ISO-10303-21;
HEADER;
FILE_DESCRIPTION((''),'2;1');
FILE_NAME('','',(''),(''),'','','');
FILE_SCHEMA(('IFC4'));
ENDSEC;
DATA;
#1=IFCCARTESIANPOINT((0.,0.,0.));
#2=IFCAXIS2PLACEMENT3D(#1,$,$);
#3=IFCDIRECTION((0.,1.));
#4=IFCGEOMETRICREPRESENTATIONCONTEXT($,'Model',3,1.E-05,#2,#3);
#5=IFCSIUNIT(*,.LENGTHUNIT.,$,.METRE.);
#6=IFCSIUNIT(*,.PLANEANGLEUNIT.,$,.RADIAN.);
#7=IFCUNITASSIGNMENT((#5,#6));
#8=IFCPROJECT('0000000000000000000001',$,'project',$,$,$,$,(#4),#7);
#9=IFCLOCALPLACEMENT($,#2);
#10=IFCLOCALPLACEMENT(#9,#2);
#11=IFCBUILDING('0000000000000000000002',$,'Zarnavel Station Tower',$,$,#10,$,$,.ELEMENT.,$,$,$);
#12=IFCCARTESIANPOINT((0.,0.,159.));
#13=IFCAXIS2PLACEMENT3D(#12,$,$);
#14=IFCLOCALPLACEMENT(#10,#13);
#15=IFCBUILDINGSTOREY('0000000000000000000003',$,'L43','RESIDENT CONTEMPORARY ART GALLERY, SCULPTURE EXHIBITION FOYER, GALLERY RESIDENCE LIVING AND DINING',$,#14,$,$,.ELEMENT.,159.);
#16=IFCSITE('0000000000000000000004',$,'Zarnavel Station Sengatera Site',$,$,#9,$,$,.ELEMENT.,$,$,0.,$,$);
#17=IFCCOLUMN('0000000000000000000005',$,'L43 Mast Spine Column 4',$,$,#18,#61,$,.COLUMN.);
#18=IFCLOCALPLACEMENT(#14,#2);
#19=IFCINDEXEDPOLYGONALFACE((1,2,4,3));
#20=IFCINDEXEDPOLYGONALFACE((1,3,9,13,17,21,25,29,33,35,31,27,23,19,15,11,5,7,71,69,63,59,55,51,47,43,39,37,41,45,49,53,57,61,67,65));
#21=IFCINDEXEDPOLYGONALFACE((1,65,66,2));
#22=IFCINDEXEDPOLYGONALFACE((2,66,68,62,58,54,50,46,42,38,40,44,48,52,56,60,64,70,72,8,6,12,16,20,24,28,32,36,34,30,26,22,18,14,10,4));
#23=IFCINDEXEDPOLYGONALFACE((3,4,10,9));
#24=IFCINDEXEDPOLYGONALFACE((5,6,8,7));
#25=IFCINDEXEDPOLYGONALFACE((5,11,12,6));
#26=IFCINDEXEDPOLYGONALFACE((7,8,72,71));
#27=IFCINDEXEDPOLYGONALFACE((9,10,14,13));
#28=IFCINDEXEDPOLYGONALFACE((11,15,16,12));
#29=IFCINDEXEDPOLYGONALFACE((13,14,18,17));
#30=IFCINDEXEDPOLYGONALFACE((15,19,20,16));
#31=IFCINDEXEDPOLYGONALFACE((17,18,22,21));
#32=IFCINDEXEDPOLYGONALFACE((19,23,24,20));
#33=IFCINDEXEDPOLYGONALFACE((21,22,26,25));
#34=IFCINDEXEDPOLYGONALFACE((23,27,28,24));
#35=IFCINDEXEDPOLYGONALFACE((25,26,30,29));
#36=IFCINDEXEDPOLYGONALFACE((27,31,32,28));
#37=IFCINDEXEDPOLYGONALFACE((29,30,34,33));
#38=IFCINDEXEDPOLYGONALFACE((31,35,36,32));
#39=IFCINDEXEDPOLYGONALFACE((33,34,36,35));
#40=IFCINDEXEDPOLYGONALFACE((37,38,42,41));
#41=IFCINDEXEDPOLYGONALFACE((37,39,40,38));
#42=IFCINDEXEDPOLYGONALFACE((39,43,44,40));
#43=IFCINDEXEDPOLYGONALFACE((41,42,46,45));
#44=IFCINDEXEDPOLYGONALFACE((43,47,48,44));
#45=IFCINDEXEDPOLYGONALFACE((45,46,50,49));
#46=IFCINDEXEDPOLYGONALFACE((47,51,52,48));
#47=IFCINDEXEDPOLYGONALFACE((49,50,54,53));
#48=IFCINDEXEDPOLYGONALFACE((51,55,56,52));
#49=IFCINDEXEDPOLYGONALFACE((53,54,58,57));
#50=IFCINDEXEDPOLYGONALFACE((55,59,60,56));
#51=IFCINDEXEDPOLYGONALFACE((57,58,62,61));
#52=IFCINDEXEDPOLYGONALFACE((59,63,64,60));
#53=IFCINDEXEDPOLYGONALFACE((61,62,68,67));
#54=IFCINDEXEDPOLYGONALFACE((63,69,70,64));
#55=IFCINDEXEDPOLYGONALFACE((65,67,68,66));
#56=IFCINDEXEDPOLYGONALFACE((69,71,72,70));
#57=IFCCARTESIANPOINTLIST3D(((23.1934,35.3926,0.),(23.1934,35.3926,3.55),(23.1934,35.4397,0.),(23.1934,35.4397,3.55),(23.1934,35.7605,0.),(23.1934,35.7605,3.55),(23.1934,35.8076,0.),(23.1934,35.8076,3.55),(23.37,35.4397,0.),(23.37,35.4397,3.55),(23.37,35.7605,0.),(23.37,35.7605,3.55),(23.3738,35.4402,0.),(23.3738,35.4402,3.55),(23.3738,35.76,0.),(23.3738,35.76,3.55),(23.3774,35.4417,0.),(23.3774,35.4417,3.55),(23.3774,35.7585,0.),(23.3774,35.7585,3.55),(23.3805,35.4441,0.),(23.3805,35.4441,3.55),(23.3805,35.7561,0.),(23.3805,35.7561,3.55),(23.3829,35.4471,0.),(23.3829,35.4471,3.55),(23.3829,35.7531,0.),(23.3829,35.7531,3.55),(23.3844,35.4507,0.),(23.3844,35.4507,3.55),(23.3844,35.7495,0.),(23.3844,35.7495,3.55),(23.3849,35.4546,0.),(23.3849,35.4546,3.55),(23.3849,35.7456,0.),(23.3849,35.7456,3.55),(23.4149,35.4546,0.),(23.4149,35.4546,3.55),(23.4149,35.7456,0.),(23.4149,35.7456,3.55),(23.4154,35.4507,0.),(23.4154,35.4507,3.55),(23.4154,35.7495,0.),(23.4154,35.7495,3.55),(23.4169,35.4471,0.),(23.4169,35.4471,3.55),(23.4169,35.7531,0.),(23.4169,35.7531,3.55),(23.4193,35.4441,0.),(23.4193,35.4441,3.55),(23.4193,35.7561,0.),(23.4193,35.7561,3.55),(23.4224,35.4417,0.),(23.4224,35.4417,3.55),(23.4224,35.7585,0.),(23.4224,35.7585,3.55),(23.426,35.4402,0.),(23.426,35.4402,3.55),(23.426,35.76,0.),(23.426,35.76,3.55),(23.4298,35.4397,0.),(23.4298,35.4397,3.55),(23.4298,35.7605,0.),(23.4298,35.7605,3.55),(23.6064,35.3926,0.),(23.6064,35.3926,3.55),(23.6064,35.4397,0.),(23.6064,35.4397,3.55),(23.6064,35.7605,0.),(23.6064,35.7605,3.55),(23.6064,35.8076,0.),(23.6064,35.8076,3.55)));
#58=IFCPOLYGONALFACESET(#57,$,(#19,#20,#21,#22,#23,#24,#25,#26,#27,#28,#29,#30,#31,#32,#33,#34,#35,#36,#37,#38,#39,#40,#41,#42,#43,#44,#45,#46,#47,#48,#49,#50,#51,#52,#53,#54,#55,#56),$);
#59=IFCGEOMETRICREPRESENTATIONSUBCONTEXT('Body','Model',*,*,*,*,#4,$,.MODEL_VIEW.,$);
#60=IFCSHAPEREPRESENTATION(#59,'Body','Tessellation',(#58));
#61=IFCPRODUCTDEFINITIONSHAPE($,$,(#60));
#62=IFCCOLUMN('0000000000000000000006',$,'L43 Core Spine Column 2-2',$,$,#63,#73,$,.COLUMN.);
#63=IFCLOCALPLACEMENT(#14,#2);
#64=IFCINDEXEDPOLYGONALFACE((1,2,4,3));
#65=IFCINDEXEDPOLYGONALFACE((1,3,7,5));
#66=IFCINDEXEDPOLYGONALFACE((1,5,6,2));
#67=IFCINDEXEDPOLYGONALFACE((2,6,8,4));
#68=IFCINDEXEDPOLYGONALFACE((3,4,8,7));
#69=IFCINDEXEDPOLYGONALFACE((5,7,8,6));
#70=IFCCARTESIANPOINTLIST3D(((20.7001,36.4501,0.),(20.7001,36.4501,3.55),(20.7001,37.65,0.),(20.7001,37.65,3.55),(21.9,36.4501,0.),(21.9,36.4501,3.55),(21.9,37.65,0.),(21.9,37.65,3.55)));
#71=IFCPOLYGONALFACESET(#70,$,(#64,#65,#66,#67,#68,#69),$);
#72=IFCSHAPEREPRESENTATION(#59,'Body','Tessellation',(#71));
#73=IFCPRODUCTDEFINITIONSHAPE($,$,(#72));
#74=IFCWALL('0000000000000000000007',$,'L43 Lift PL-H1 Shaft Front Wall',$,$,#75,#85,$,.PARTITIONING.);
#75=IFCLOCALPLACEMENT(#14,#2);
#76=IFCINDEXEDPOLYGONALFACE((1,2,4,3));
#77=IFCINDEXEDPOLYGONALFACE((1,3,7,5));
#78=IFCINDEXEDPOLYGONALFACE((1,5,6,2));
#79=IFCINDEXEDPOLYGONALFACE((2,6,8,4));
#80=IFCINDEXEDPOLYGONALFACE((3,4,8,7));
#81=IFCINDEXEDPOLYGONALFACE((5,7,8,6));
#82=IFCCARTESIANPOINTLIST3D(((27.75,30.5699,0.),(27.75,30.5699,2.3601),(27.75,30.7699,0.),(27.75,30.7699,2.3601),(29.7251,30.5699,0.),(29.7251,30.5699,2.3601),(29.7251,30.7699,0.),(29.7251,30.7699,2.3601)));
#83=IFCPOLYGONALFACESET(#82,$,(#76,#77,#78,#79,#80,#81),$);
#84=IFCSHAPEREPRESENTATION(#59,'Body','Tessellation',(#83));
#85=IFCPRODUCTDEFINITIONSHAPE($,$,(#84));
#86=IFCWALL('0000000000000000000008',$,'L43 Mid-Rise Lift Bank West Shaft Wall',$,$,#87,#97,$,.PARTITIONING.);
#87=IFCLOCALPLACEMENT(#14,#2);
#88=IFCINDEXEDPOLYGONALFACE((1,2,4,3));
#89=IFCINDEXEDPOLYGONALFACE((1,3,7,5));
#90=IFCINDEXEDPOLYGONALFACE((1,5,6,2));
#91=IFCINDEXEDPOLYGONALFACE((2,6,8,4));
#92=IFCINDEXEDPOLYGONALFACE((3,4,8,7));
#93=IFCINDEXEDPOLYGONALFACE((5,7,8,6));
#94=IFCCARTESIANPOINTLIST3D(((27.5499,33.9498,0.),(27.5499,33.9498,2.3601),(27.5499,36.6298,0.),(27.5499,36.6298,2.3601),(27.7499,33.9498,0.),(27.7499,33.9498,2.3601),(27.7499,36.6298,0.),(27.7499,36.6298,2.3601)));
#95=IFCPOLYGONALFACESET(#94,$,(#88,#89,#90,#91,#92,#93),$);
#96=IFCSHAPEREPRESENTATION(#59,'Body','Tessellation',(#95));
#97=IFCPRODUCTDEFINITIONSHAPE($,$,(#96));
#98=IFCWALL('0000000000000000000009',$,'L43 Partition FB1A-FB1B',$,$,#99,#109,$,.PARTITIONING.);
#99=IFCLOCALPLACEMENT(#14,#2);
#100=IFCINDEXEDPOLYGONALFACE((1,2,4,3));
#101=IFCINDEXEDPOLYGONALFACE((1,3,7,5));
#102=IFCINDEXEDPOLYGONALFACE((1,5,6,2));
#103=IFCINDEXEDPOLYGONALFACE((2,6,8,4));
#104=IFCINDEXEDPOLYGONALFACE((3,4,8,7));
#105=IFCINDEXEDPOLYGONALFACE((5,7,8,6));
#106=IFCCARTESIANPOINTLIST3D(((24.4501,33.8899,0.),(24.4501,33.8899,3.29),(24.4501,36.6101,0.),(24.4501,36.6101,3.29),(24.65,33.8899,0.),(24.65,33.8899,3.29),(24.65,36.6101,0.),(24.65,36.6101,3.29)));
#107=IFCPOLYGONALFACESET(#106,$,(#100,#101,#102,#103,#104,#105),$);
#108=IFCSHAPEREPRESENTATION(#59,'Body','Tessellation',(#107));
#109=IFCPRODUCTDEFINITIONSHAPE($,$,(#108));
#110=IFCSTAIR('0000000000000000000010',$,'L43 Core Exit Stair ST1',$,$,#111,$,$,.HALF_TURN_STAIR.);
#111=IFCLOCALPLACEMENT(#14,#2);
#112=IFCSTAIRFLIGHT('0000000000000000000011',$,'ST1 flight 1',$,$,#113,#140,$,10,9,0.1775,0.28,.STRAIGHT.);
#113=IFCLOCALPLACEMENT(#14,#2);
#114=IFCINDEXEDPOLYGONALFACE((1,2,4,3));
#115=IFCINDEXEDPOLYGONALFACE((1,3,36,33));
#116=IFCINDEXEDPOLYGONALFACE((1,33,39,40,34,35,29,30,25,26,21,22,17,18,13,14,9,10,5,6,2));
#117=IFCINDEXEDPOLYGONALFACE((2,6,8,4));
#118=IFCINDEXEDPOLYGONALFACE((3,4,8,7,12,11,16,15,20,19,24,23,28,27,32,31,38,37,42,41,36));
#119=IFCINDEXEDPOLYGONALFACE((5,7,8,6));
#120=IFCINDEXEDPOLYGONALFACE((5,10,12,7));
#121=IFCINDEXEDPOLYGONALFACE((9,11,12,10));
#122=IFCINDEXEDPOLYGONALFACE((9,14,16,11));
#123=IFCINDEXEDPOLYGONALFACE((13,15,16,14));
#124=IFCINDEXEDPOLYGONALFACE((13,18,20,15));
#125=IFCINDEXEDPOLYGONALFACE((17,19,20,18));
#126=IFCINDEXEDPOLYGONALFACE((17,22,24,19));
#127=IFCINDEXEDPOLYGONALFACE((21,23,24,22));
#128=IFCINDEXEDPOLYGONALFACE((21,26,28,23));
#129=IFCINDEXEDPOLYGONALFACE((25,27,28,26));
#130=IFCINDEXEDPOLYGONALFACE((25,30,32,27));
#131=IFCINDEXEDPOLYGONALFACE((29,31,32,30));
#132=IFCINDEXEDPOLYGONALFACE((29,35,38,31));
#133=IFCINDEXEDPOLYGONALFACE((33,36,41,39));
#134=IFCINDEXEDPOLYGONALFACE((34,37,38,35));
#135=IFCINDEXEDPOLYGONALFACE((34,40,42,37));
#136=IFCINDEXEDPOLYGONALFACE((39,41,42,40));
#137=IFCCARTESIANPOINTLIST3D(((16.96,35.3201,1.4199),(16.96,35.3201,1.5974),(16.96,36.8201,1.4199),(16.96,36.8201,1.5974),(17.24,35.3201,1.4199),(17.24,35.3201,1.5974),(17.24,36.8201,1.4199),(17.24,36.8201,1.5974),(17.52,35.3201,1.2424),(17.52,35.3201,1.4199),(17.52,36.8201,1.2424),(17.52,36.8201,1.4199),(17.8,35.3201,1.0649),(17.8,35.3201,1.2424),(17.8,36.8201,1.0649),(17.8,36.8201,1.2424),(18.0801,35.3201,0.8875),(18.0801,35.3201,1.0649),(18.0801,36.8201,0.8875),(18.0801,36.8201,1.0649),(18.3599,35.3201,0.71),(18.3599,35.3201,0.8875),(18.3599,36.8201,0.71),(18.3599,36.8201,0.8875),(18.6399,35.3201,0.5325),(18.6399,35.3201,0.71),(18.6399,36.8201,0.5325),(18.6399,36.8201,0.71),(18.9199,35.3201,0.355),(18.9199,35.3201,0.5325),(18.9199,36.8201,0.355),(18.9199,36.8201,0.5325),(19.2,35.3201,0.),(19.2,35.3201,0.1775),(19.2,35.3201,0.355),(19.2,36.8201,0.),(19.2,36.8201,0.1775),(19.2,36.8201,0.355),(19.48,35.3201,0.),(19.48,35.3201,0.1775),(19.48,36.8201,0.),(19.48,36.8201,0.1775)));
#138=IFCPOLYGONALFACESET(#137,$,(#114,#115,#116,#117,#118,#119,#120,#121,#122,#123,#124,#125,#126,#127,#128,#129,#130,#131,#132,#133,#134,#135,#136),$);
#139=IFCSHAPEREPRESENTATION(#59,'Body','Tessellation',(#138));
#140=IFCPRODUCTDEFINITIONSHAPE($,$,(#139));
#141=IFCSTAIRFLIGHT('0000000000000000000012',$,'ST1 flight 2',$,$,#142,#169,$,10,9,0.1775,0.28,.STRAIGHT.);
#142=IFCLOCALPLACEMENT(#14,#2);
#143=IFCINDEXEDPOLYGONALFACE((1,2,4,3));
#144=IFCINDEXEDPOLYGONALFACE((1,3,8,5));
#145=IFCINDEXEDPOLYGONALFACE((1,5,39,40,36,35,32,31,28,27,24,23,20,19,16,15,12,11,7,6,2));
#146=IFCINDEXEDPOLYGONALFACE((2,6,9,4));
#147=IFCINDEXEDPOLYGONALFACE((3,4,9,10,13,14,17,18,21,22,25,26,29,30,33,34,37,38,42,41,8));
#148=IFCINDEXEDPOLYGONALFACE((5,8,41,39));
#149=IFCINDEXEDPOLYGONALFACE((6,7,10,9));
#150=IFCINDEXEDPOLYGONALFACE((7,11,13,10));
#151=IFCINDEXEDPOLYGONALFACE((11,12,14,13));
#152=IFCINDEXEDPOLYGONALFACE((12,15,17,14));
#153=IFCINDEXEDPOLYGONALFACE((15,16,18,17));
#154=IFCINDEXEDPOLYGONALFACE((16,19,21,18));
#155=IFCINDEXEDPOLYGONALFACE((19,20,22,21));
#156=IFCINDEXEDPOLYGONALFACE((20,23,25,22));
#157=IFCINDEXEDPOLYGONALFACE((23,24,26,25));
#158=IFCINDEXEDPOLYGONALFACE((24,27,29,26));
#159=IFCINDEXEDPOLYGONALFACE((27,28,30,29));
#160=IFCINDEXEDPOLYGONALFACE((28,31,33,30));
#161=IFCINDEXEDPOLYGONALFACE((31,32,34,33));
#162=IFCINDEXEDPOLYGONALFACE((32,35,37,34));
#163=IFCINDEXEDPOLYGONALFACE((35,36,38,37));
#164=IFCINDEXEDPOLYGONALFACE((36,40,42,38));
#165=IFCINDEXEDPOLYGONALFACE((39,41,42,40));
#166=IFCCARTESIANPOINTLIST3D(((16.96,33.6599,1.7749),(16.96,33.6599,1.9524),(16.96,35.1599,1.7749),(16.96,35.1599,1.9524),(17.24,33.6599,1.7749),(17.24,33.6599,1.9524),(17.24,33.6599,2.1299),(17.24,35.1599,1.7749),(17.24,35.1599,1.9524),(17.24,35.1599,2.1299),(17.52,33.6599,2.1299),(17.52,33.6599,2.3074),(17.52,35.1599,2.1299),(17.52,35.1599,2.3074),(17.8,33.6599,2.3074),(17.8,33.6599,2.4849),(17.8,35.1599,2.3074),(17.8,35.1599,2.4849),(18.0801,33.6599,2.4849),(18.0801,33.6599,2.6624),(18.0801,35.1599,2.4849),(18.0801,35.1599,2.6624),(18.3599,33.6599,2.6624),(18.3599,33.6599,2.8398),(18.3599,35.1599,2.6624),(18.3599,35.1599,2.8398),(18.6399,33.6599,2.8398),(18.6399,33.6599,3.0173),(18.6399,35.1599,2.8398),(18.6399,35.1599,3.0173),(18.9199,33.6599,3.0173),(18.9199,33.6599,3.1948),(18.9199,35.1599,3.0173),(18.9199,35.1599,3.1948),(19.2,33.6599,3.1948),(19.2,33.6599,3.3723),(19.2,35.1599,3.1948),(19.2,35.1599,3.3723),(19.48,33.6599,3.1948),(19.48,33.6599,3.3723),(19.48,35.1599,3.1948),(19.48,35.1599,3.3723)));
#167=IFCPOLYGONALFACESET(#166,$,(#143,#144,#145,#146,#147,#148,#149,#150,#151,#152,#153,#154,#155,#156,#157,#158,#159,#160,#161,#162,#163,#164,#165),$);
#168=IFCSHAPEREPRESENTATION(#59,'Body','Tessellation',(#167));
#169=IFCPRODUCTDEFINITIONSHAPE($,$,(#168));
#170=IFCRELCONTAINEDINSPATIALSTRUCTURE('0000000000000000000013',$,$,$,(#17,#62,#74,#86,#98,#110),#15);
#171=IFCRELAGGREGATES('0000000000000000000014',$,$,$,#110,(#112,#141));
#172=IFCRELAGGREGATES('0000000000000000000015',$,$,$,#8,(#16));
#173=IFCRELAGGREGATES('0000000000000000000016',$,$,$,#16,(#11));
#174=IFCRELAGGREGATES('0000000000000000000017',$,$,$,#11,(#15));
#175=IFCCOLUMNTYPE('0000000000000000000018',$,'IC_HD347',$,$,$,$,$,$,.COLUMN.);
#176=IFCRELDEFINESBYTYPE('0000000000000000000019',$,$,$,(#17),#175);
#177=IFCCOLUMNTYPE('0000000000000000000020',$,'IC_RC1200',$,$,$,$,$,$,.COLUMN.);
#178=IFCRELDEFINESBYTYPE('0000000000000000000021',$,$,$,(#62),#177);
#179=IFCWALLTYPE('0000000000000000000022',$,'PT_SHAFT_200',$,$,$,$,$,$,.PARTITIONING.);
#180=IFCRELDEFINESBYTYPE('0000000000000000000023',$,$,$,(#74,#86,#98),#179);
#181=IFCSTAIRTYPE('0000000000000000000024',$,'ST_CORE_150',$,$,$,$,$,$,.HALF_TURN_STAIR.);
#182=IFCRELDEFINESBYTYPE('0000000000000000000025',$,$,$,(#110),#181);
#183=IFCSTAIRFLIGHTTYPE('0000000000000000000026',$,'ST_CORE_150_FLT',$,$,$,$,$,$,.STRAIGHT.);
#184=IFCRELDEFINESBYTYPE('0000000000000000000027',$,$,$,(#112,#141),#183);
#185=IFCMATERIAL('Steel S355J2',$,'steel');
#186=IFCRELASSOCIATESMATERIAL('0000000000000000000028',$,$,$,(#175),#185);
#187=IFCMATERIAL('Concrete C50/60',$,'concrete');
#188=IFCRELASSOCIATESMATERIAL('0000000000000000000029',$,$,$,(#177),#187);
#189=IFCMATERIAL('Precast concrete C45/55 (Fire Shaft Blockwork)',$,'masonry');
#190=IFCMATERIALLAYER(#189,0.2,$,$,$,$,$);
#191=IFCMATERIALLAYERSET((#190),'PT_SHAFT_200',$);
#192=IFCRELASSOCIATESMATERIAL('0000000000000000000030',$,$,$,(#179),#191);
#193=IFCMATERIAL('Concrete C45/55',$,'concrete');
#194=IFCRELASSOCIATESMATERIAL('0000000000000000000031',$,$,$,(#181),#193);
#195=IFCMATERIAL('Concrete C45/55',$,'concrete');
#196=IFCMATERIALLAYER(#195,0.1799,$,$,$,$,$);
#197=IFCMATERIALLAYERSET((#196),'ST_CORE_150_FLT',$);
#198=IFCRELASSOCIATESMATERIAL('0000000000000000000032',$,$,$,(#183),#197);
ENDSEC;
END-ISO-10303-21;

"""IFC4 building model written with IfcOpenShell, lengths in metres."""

from ifc_helpers import new_model, si_unit, direction, frame, frame_2d, origin, origin_2d, place, context, subcontext, project, spatial, polyline, rectangle, i_section, outline, extrude, material, layer, layer_set, material_profile, profile_set, type_object, element, aggregate, save


model = new_model("IFC4")

# Units and contexts
model_context = context("Model", 3, precision=1e-05, world=origin(), true_north=direction((0.0, 1.0)))
body_context = subcontext(model_context, "Body", "Model", "MODEL_VIEW")
ifc_project = project(units=[si_unit("LENGTHUNIT", "METRE"), si_unit("PLANEANGLEUNIT", "RADIAN")], contexts=[model_context])

# Site, building, storey
site_placement = place(None, origin())
site = spatial("IfcSite", under=ifc_project, at=site_placement, Name="Zarnavel Station Sengatera Site", CompositionType="ELEMENT", RefElevation=0.0)
building_placement = place(site_placement, origin())
building = spatial("IfcBuilding", under=site, at=building_placement, Name="Zarnavel Station Tower", CompositionType="ELEMENT")
storey_placement = place(building_placement, frame((0.0, 0.0, 159.0)))
storey = spatial("IfcBuildingStorey", under=building, at=storey_placement, Name="L43", Description="RESIDENT CONTEMPORARY ART GALLERY, SCULPTURE EXHIBITION FOYER, GALLERY RESIDENCE LIVING AND DINING", CompositionType="ELEMENT", Elevation=159.0)

# Columns
ifc_material_1 = material(Name="Steel S355J2", Category="steel")
ifc_material_profile_1 = material_profile(ifc_material_1, i_section(OverallWidth=0.4131, OverallDepth=0.415, WebThickness=0.03, FlangeThickness=0.0471, FilletRadius=0.0149, at=origin_2d()), Name="HD400x347")
ifc_profile_set_1 = profile_set([ifc_material_profile_1], Name="Steel S355J2")
column_type_1 = type_object("IfcColumnType", Name="IC_HD347", PredefinedType="COLUMN", material=ifc_profile_set_1)
column_1_placement = place(storey_placement, frame((23.3999, 35.6001, 0.0), z_axis=(0.0, 0.0, 1.0), x_axis=(1.0, 0.0, 0.0)))
element("IfcColumn", 1, at=column_1_placement, inside=storey, type_object=column_type_1, Name="L43 Mast Spine Column 4", PredefinedType="COLUMN", context=body_context, shape_type="SweptSolid", body=[
    extrude(i_section(OverallWidth=0.4131, OverallDepth=0.415, WebThickness=0.03, FlangeThickness=0.0471, FilletRadius=0.0149, at=origin_2d()), origin(), (0.0, 0.0, 1.0), 3.55),
])
ifc_material_2 = material(Name="Concrete C50/60", Category="concrete")
ifc_material_profile_2 = material_profile(ifc_material_2, rectangle(XDim=1.2, YDim=1.2, at=origin_2d()), Name="RC1200x1200")
ifc_profile_set_2 = profile_set([ifc_material_profile_2], Name="Concrete C50/60")
column_type_2 = type_object("IfcColumnType", Name="IC_RC1200", PredefinedType="COLUMN", material=ifc_profile_set_2)
column_2_placement = place(storey_placement, frame((21.3, 37.05, 0.0), z_axis=(0.0, 0.0, 1.0), x_axis=(1.0, 0.0, 0.0)))
element("IfcColumn", 2, at=column_2_placement, inside=storey, type_object=column_type_2, Name="L43 Core Spine Column 2-2", PredefinedType="COLUMN", context=body_context, shape_type="SweptSolid", body=[
    extrude(rectangle(XDim=1.2, YDim=1.2, at=origin_2d()), origin(), (0.0, 0.0, 1.0), 3.55),
])

# Wall
ifc_material_3 = material(Name="Precast concrete C45/55 (Fire Shaft Blockwork)", Category="masonry")
ifc_layer_1 = layer(ifc_material_3, 0.2)
ifc_layer_set_1 = layer_set([ifc_layer_1], Name="PT_SHAFT_200")
wall_type_1 = type_object("IfcWallType", Name="PT_SHAFT_200", PredefinedType="PARTITIONING", material=ifc_layer_set_1)
wall_1_placement = place(storey_placement, frame((27.75, 30.6699, 0.0), z_axis=(0.0, 0.0, 1.0), x_axis=(1.0, 0.0, 0.0)))
element("IfcWall", 3, at=wall_1_placement, inside=storey, type_object=wall_type_1, Name="L43 Lift PL-H1 Shaft Front Wall", PredefinedType="PARTITIONING", context=body_context, shape_type="SweptSolid", body=[
    extrude(rectangle(XDim=1.9751, YDim=0.2, at=frame_2d((0.9875, 0.0))), origin(), (0.0, 0.0, 1.0), 2.3601),
])

# Wall
wall_2_placement = place(storey_placement, frame((27.6499, 33.95, 0.0), z_axis=(0.0, 0.0, 1.0), x_axis=(0.0, 1.0, 0.0)))
element("IfcWall", 4, at=wall_2_placement, inside=storey, type_object=wall_type_1, Name="L43 Mid-Rise Lift Bank West Shaft Wall", PredefinedType="PARTITIONING", context=body_context, shape_type="SweptSolid", body=[
    extrude(rectangle(XDim=2.6799, YDim=0.2, at=frame_2d((1.3398, 0.0))), origin(), (0.0, 0.0, 1.0), 2.3601),
])

# Wall
wall_3_placement = place(storey_placement, frame((24.55, 33.8899, 0.0), z_axis=(0.0, 0.0, 1.0), x_axis=(0.0, 1.0, 0.0)))
element("IfcWall", 5, at=wall_3_placement, inside=storey, type_object=wall_type_1, Name="L43 Partition FB1A-FB1B", PredefinedType="PARTITIONING", context=body_context, shape_type="SweptSolid", body=[
    extrude(rectangle(XDim=2.7202, YDim=0.2, at=frame_2d((1.3601, 0.0))), origin(), (0.0, 0.0, 1.0), 3.29),
])

# Stair, stair flights
ifc_material_4 = material(Name="Concrete C45/55", Category="concrete")
stair_type = type_object("IfcStairType", Name="ST_CORE_150", PredefinedType="HALF_TURN_STAIR", material=ifc_material_4)
stair_placement = place(storey_placement, origin())
stair = element("IfcStair", 6, at=stair_placement, inside=storey, type_object=stair_type, Name="L43 Core Exit Stair ST1", PredefinedType="HALF_TURN_STAIR")
ifc_material_5 = material(Name="Concrete C45/55", Category="concrete")
ifc_layer_2 = layer(ifc_material_5, 0.1799)
ifc_layer_set_2 = layer_set([ifc_layer_2], Name="ST_CORE_150_FLT")
stair_flight_type = type_object("IfcStairFlightType", Name="ST_CORE_150_FLT", PredefinedType="STRAIGHT", material=ifc_layer_set_2)
stair_flight_1_placement = place(storey_placement, frame((19.48, 36.0701, 0.0), z_axis=(0.0, 0.0, 1.0), x_axis=(-1.0, 0.0, 0.0)))
stair_flight_1 = element("IfcStairFlight", 7, at=stair_flight_1_placement, type_object=stair_flight_type, Name="ST1 flight 1", NumberOfRisers=10, NumberOfTreads=9, PredefinedType="STRAIGHT", RiserHeight=0.1775, TreadLength=0.28, context=body_context, shape_type="SweptSolid", body=[
    extrude(outline(polyline([(0.0, 0.0), (0.0, 0.1775), (0.28, 0.1775), (0.28, 0.355), (0.5601, 0.355), (0.5601, 0.5325), (0.8401, 0.5325), (0.8401, 0.71), (1.1201, 0.71), (1.1201, 0.8875), (1.3999, 0.8875), (1.3999, 1.0649), (1.6799, 1.0649), (1.6799, 1.2424), (1.96, 1.2424), (1.96, 1.4199), (2.24, 1.4199), (2.24, 1.5974), (2.52, 1.5974), (2.52, 1.7749), (2.52, 1.4199), (0.28, 0.0), (0.0, 0.0)])), frame((0.0, 0.75, 0.0), z_axis=(0.0, -1.0, 0.0), x_axis=(1.0, 0.0, 0.0)), (0.0, 0.0, 1.0), 1.5),
])
stair_flight_2_placement = place(storey_placement, frame((16.96, 34.4099, 1.7749), z_axis=(0.0, 0.0, 1.0), x_axis=(1.0, 0.0, 0.0)))
stair_flight_2 = element("IfcStairFlight", 8, at=stair_flight_2_placement, type_object=stair_flight_type, Name="ST1 flight 2", NumberOfRisers=10, NumberOfTreads=9, PredefinedType="STRAIGHT", RiserHeight=0.1775, TreadLength=0.28, context=body_context, shape_type="SweptSolid", body=[
    extrude(outline(polyline([(0.0, 0.0), (0.0, 0.1775), (0.28, 0.1775), (0.28, 0.355), (0.5601, 0.355), (0.5601, 0.5325), (0.8401, 0.5325), (0.8401, 0.71), (1.1201, 0.71), (1.1201, 0.8875), (1.3999, 0.8875), (1.3999, 1.0649), (1.6799, 1.0649), (1.6799, 1.2424), (1.96, 1.2424), (1.96, 1.4199), (2.24, 1.4199), (2.24, 1.5974), (2.52, 1.5974), (2.52, 1.7749), (2.52, 1.4199), (0.28, 0.0), (0.0, 0.0)])), frame((0.0, 0.75, 0.0), z_axis=(0.0, -1.0, 0.0), x_axis=(1.0, 0.0, 0.0)), (0.0, 0.0, 1.0), 1.5),
])
aggregate(stair, [stair_flight_1, stair_flight_2])

save(model, "model.ifc")
